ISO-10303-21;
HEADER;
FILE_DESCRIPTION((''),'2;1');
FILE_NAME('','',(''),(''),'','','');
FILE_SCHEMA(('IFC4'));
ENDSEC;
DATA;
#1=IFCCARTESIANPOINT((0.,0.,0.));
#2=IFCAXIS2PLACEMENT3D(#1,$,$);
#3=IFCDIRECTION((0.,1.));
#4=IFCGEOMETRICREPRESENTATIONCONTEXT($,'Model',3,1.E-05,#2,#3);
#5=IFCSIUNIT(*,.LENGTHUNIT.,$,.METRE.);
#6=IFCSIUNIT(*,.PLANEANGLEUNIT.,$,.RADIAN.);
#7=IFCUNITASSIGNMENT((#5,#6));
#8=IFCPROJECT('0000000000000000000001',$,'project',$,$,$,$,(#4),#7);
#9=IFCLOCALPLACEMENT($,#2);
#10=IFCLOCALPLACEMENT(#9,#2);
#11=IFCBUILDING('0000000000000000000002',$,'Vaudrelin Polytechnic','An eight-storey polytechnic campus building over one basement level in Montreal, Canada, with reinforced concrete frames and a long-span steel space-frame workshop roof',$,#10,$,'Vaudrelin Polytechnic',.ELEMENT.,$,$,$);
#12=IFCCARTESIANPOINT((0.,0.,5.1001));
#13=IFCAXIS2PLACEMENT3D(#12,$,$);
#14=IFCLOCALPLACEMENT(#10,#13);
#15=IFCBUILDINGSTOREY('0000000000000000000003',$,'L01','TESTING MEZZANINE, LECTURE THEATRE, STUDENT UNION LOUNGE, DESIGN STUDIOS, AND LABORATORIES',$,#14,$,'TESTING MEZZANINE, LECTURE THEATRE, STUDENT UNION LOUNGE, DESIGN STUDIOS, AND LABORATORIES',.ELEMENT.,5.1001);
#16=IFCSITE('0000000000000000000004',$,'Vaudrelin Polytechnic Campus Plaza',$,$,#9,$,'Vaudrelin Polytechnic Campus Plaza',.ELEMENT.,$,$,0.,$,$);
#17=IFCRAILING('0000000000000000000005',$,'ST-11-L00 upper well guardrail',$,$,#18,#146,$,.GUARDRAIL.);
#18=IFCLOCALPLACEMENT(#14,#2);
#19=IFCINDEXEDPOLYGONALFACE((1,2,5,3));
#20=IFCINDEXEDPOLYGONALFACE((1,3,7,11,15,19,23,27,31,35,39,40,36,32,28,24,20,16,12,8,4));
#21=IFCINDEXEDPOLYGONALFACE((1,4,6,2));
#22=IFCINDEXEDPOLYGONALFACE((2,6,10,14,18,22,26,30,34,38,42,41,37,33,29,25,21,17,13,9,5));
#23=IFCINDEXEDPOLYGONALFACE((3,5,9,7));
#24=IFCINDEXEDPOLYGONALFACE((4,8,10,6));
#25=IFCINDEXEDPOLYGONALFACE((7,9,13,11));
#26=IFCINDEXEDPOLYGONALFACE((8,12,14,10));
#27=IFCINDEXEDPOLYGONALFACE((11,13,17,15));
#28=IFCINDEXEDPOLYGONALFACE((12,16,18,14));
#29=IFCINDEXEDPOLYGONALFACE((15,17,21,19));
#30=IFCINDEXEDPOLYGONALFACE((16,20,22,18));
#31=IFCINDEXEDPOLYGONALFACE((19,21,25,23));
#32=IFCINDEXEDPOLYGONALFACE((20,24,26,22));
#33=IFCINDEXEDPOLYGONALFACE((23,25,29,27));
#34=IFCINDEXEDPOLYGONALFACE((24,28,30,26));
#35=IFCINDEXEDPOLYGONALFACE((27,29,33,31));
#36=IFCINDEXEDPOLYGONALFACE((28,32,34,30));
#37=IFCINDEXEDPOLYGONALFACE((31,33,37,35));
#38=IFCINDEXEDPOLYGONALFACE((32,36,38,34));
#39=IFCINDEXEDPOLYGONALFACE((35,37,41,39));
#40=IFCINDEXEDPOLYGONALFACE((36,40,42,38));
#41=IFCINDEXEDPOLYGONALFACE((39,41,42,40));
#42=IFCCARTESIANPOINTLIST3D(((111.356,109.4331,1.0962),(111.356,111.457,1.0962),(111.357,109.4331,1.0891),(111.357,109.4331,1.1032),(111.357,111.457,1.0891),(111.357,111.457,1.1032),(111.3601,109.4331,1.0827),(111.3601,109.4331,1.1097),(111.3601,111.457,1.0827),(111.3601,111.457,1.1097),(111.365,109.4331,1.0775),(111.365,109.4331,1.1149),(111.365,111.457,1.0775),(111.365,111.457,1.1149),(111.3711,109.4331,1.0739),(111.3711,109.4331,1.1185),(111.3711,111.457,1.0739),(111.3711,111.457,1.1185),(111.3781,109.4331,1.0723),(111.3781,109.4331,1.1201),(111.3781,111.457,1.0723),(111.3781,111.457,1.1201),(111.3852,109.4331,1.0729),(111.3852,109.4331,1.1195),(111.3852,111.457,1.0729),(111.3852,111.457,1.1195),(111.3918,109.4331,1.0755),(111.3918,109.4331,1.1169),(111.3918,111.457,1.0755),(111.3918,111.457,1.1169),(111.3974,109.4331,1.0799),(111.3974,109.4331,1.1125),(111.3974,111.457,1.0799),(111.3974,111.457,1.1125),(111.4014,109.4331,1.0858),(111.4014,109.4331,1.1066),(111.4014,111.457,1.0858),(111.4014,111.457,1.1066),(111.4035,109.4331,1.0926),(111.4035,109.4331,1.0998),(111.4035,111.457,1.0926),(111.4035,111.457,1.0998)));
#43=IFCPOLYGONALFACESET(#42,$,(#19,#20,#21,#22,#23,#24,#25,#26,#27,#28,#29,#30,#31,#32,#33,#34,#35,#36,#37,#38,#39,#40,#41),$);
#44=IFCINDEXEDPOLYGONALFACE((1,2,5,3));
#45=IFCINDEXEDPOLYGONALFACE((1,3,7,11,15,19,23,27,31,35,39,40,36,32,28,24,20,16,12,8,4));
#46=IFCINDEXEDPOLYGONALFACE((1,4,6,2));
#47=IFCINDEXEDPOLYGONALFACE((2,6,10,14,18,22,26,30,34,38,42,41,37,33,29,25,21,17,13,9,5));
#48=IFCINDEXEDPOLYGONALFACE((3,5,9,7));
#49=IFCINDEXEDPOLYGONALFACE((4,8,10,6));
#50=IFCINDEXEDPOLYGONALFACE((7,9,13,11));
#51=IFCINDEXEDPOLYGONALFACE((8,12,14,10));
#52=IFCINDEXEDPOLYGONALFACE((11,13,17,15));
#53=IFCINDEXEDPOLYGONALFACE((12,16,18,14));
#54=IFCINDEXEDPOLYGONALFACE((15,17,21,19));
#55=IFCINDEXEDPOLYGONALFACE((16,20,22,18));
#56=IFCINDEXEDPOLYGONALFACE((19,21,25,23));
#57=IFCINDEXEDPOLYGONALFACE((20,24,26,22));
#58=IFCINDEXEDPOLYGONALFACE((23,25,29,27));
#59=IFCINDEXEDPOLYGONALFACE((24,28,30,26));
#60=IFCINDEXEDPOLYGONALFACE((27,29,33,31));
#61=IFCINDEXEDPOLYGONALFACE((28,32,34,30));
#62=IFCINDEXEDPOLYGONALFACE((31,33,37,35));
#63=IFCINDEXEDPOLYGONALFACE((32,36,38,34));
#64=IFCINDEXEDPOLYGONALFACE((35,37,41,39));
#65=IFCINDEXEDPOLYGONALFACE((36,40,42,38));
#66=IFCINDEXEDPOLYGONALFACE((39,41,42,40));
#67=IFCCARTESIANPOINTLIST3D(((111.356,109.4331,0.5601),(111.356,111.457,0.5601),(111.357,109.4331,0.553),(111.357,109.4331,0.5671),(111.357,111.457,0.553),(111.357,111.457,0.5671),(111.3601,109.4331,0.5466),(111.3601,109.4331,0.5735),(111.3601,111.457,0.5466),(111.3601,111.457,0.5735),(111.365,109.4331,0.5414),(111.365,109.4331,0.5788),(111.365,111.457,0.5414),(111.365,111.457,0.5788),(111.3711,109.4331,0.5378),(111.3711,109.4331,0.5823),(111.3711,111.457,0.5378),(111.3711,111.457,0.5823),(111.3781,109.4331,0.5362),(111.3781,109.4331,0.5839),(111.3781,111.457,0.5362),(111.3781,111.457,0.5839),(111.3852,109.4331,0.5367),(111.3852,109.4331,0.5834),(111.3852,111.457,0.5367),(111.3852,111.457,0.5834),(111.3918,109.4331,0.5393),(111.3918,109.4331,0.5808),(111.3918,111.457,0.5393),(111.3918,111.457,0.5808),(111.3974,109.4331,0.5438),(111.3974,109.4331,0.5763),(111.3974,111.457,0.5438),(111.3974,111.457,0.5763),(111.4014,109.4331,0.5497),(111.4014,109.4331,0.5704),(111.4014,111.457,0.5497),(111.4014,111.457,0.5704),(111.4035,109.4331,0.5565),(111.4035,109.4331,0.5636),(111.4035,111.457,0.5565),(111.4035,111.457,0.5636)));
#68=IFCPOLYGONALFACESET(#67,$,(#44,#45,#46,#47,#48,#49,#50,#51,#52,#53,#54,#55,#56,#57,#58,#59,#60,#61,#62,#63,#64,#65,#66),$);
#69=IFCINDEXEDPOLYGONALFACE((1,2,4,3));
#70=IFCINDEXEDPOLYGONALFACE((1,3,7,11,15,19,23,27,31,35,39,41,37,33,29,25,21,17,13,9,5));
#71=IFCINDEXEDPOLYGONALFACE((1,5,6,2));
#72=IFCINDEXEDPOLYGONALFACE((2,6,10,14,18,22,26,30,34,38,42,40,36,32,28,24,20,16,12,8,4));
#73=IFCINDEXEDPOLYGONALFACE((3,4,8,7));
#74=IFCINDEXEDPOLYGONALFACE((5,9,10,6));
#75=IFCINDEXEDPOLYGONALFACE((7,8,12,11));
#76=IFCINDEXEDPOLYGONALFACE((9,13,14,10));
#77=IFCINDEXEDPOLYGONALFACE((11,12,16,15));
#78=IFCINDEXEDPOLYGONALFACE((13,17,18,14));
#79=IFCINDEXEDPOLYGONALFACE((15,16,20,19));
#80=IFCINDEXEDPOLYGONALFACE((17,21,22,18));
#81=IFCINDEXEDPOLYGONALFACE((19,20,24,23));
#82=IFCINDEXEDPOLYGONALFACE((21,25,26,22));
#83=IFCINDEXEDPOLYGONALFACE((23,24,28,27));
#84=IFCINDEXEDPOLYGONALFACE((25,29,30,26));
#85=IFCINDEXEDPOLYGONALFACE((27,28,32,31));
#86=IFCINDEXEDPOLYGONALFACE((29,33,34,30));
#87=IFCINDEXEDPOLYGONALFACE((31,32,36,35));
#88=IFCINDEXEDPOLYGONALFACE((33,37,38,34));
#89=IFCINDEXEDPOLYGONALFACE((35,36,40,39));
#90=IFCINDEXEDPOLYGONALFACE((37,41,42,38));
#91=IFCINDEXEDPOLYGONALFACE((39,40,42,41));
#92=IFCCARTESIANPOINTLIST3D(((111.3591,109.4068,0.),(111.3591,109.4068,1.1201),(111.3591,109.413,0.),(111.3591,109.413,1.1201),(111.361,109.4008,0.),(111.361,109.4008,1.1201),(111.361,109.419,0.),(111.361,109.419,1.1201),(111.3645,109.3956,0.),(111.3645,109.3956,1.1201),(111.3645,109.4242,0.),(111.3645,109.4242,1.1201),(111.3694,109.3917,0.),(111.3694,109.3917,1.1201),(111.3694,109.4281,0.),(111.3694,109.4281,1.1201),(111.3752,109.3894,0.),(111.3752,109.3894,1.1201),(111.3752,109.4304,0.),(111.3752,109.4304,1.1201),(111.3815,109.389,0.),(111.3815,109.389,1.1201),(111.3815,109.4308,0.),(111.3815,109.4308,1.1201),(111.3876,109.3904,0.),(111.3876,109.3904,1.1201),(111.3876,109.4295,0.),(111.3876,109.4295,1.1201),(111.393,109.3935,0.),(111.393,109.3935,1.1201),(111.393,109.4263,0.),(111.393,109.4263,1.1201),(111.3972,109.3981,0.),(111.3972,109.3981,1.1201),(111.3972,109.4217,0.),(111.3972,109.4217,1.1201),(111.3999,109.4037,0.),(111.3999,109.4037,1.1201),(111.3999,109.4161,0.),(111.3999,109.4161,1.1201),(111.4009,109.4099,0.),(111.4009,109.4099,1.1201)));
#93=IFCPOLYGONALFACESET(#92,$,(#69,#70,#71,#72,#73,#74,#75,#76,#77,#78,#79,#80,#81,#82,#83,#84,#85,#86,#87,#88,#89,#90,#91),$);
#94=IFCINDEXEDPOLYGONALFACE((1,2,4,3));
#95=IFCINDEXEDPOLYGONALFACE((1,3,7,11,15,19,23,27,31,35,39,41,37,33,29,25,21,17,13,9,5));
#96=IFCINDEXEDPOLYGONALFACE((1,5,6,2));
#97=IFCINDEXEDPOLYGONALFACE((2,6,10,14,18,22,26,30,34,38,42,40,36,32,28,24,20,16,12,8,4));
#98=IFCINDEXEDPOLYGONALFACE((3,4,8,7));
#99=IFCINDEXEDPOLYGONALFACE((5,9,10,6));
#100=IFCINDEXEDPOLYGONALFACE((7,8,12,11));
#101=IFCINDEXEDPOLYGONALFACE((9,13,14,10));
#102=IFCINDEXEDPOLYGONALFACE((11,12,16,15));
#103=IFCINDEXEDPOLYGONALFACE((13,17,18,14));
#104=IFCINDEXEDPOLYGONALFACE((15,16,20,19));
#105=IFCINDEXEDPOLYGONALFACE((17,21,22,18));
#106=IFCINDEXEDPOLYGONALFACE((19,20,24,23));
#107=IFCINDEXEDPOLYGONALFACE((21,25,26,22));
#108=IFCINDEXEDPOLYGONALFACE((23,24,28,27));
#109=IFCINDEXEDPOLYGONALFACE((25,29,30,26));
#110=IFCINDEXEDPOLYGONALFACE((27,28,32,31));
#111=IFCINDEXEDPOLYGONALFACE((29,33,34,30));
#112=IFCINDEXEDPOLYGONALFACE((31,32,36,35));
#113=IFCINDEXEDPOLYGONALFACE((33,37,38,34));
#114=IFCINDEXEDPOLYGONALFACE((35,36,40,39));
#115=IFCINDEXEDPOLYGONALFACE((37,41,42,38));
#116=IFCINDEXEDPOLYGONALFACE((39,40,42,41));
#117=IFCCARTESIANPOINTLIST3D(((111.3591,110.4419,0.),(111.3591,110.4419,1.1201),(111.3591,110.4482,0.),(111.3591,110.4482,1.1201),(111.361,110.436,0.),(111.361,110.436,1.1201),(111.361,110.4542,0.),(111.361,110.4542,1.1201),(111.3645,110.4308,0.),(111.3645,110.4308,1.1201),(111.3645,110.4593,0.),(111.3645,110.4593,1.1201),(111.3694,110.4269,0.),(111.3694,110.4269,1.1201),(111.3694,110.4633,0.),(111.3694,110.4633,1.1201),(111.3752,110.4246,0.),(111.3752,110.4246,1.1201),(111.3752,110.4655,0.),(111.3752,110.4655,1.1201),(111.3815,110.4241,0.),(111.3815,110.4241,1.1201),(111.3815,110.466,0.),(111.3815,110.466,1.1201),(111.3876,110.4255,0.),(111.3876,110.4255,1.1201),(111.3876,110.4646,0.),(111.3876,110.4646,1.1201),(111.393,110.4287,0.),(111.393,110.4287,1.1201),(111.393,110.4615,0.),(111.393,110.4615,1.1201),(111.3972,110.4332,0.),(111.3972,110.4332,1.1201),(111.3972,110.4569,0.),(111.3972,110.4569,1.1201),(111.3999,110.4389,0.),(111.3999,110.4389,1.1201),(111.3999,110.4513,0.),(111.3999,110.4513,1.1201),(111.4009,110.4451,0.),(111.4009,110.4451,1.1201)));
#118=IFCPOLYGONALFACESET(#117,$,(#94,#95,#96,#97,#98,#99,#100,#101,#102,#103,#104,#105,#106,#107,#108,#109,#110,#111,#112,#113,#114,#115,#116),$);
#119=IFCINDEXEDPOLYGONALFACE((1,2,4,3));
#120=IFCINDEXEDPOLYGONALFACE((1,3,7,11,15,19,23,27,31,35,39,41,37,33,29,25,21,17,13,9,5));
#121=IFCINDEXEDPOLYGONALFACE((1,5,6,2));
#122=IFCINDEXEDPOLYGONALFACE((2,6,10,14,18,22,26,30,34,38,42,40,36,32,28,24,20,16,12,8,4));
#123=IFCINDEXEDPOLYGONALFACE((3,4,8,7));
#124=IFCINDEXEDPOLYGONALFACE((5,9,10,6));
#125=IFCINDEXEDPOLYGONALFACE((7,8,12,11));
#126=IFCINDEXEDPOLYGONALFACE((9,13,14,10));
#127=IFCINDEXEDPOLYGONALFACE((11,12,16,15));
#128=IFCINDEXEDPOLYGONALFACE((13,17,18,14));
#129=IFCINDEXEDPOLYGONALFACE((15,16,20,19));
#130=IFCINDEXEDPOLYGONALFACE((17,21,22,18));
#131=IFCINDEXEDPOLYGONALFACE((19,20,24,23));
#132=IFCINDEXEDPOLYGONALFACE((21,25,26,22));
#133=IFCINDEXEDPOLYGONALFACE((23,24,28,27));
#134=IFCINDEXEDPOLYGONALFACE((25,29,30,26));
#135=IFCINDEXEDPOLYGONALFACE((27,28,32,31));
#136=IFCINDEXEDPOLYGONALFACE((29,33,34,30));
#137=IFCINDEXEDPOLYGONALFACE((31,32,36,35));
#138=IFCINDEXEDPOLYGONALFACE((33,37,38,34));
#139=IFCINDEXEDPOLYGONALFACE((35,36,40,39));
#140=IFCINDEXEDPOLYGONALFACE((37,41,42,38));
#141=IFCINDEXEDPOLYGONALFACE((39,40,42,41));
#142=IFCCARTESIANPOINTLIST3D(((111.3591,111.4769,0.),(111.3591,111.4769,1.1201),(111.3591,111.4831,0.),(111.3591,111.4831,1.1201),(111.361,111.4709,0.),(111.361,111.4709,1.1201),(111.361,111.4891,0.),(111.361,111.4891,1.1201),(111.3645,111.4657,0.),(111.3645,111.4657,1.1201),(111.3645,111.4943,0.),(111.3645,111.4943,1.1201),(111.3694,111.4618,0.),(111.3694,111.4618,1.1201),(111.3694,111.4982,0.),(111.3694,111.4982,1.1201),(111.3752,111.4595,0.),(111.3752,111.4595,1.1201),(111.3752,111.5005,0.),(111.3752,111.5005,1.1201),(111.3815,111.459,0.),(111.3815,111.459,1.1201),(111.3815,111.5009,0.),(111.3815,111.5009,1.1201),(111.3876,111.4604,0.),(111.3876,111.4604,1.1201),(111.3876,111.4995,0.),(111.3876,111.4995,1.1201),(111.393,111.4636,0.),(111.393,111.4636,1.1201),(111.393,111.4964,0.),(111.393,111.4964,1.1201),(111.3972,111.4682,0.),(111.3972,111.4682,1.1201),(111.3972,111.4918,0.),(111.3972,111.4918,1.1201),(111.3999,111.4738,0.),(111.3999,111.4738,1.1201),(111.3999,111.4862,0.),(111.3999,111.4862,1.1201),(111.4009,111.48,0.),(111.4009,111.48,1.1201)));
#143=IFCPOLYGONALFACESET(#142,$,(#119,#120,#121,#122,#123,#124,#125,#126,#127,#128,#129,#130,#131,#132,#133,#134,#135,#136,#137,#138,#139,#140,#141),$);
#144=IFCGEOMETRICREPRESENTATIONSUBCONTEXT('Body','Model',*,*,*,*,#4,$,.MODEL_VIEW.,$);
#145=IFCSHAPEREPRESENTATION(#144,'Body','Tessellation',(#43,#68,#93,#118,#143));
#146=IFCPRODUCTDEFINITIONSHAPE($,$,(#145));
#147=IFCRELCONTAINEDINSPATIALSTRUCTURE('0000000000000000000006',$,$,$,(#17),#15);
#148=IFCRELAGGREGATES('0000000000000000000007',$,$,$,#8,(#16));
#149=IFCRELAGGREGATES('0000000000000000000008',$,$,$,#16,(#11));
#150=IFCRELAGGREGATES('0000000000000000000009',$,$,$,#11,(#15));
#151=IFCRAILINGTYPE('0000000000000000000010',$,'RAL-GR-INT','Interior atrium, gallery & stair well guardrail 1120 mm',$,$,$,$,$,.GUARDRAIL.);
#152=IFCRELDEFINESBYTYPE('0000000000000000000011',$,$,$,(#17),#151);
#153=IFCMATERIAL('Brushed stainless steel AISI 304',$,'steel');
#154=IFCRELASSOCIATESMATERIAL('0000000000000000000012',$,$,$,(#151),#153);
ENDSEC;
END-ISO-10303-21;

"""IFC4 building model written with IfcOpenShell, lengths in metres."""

from ifc_helpers import new_model, si_unit, direction, frame, origin, origin_2d, place, context, subcontext, project, spatial, circle, extrude, material, type_object, element, save


model = new_model("IFC4")

# Units and contexts
model_context = context("Model", 3, precision=1e-05, world=origin(), true_north=direction((0.0, 1.0)))
body_context = subcontext(model_context, "Body", "Model", "MODEL_VIEW")
ifc_project = project(units=[si_unit("LENGTHUNIT", "METRE"), si_unit("PLANEANGLEUNIT", "RADIAN")], contexts=[model_context])

# Site, building, storey
site_placement = place(None, origin())
site = spatial("IfcSite", under=ifc_project, at=site_placement, Name="Vaudrelin Polytechnic Campus Plaza", LongName="Vaudrelin Polytechnic Campus Plaza", CompositionType="ELEMENT", RefElevation=0.0)
building_placement = place(site_placement, origin())
building = spatial("IfcBuilding", under=site, at=building_placement, Name="Vaudrelin Polytechnic", Description="An eight-storey polytechnic campus building over one basement level in Montreal, Canada, with reinforced concrete frames and a long-span steel space-frame workshop roof", LongName="Vaudrelin Polytechnic", CompositionType="ELEMENT")
storey_placement = place(building_placement, frame((0.0, 0.0, 5.1001)))
storey = spatial("IfcBuildingStorey", under=building, at=storey_placement, Name="L01", Description="TESTING MEZZANINE, LECTURE THEATRE, STUDENT UNION LOUNGE, DESIGN STUDIOS, AND LABORATORIES", LongName="TESTING MEZZANINE, LECTURE THEATRE, STUDENT UNION LOUNGE, DESIGN STUDIOS, AND LABORATORIES", CompositionType="ELEMENT", Elevation=5.1001)

# Railing
ifc_material_1 = material(Name="Brushed stainless steel AISI 304", Category="steel")
railing_type_1 = type_object("IfcRailingType", Name="RAL-GR-INT", Description="Interior atrium, gallery & stair well guardrail 1120 mm", PredefinedType="GUARDRAIL", material=ifc_material_1)
railing_1_placement = place(storey_placement, frame((111.3799, 109.4099, 0.0)))
element("IfcRailing", 1, at=railing_1_placement, inside=storey, type_object=railing_type_1, Name="ST-11-L00 upper well guardrail", PredefinedType="GUARDRAIL", context=body_context, shape_type="SweptSolid", body=[
    extrude(circle(Radius=0.0239, at=origin_2d()), frame((0.0, 0.0232, 1.0962), z_axis=(0.0, 1.0, 0.0), x_axis=(-1.0, 0.0, 0.0)), (0.0, 0.0, 1.0), 2.0239),
    extrude(circle(Radius=0.0239, at=origin_2d()), frame((0.0, 0.0232, 0.5601), z_axis=(0.0, 1.0, 0.0), x_axis=(-1.0, 0.0, 0.0)), (0.0, 0.0, 1.0), 2.0239),
    extrude(circle(Radius=0.021, at=origin_2d()), origin(), (0.0, 0.0, 1.0), 1.1201),
    extrude(circle(Radius=0.021, at=origin_2d()), frame((0.0, 1.0352, 0.0)), (0.0, 0.0, 1.0), 1.1201),
    extrude(circle(Radius=0.021, at=origin_2d()), frame((0.0, 2.0701, 0.0)), (0.0, 0.0, 1.0), 1.1201),
])

save(model, "model.ifc")
